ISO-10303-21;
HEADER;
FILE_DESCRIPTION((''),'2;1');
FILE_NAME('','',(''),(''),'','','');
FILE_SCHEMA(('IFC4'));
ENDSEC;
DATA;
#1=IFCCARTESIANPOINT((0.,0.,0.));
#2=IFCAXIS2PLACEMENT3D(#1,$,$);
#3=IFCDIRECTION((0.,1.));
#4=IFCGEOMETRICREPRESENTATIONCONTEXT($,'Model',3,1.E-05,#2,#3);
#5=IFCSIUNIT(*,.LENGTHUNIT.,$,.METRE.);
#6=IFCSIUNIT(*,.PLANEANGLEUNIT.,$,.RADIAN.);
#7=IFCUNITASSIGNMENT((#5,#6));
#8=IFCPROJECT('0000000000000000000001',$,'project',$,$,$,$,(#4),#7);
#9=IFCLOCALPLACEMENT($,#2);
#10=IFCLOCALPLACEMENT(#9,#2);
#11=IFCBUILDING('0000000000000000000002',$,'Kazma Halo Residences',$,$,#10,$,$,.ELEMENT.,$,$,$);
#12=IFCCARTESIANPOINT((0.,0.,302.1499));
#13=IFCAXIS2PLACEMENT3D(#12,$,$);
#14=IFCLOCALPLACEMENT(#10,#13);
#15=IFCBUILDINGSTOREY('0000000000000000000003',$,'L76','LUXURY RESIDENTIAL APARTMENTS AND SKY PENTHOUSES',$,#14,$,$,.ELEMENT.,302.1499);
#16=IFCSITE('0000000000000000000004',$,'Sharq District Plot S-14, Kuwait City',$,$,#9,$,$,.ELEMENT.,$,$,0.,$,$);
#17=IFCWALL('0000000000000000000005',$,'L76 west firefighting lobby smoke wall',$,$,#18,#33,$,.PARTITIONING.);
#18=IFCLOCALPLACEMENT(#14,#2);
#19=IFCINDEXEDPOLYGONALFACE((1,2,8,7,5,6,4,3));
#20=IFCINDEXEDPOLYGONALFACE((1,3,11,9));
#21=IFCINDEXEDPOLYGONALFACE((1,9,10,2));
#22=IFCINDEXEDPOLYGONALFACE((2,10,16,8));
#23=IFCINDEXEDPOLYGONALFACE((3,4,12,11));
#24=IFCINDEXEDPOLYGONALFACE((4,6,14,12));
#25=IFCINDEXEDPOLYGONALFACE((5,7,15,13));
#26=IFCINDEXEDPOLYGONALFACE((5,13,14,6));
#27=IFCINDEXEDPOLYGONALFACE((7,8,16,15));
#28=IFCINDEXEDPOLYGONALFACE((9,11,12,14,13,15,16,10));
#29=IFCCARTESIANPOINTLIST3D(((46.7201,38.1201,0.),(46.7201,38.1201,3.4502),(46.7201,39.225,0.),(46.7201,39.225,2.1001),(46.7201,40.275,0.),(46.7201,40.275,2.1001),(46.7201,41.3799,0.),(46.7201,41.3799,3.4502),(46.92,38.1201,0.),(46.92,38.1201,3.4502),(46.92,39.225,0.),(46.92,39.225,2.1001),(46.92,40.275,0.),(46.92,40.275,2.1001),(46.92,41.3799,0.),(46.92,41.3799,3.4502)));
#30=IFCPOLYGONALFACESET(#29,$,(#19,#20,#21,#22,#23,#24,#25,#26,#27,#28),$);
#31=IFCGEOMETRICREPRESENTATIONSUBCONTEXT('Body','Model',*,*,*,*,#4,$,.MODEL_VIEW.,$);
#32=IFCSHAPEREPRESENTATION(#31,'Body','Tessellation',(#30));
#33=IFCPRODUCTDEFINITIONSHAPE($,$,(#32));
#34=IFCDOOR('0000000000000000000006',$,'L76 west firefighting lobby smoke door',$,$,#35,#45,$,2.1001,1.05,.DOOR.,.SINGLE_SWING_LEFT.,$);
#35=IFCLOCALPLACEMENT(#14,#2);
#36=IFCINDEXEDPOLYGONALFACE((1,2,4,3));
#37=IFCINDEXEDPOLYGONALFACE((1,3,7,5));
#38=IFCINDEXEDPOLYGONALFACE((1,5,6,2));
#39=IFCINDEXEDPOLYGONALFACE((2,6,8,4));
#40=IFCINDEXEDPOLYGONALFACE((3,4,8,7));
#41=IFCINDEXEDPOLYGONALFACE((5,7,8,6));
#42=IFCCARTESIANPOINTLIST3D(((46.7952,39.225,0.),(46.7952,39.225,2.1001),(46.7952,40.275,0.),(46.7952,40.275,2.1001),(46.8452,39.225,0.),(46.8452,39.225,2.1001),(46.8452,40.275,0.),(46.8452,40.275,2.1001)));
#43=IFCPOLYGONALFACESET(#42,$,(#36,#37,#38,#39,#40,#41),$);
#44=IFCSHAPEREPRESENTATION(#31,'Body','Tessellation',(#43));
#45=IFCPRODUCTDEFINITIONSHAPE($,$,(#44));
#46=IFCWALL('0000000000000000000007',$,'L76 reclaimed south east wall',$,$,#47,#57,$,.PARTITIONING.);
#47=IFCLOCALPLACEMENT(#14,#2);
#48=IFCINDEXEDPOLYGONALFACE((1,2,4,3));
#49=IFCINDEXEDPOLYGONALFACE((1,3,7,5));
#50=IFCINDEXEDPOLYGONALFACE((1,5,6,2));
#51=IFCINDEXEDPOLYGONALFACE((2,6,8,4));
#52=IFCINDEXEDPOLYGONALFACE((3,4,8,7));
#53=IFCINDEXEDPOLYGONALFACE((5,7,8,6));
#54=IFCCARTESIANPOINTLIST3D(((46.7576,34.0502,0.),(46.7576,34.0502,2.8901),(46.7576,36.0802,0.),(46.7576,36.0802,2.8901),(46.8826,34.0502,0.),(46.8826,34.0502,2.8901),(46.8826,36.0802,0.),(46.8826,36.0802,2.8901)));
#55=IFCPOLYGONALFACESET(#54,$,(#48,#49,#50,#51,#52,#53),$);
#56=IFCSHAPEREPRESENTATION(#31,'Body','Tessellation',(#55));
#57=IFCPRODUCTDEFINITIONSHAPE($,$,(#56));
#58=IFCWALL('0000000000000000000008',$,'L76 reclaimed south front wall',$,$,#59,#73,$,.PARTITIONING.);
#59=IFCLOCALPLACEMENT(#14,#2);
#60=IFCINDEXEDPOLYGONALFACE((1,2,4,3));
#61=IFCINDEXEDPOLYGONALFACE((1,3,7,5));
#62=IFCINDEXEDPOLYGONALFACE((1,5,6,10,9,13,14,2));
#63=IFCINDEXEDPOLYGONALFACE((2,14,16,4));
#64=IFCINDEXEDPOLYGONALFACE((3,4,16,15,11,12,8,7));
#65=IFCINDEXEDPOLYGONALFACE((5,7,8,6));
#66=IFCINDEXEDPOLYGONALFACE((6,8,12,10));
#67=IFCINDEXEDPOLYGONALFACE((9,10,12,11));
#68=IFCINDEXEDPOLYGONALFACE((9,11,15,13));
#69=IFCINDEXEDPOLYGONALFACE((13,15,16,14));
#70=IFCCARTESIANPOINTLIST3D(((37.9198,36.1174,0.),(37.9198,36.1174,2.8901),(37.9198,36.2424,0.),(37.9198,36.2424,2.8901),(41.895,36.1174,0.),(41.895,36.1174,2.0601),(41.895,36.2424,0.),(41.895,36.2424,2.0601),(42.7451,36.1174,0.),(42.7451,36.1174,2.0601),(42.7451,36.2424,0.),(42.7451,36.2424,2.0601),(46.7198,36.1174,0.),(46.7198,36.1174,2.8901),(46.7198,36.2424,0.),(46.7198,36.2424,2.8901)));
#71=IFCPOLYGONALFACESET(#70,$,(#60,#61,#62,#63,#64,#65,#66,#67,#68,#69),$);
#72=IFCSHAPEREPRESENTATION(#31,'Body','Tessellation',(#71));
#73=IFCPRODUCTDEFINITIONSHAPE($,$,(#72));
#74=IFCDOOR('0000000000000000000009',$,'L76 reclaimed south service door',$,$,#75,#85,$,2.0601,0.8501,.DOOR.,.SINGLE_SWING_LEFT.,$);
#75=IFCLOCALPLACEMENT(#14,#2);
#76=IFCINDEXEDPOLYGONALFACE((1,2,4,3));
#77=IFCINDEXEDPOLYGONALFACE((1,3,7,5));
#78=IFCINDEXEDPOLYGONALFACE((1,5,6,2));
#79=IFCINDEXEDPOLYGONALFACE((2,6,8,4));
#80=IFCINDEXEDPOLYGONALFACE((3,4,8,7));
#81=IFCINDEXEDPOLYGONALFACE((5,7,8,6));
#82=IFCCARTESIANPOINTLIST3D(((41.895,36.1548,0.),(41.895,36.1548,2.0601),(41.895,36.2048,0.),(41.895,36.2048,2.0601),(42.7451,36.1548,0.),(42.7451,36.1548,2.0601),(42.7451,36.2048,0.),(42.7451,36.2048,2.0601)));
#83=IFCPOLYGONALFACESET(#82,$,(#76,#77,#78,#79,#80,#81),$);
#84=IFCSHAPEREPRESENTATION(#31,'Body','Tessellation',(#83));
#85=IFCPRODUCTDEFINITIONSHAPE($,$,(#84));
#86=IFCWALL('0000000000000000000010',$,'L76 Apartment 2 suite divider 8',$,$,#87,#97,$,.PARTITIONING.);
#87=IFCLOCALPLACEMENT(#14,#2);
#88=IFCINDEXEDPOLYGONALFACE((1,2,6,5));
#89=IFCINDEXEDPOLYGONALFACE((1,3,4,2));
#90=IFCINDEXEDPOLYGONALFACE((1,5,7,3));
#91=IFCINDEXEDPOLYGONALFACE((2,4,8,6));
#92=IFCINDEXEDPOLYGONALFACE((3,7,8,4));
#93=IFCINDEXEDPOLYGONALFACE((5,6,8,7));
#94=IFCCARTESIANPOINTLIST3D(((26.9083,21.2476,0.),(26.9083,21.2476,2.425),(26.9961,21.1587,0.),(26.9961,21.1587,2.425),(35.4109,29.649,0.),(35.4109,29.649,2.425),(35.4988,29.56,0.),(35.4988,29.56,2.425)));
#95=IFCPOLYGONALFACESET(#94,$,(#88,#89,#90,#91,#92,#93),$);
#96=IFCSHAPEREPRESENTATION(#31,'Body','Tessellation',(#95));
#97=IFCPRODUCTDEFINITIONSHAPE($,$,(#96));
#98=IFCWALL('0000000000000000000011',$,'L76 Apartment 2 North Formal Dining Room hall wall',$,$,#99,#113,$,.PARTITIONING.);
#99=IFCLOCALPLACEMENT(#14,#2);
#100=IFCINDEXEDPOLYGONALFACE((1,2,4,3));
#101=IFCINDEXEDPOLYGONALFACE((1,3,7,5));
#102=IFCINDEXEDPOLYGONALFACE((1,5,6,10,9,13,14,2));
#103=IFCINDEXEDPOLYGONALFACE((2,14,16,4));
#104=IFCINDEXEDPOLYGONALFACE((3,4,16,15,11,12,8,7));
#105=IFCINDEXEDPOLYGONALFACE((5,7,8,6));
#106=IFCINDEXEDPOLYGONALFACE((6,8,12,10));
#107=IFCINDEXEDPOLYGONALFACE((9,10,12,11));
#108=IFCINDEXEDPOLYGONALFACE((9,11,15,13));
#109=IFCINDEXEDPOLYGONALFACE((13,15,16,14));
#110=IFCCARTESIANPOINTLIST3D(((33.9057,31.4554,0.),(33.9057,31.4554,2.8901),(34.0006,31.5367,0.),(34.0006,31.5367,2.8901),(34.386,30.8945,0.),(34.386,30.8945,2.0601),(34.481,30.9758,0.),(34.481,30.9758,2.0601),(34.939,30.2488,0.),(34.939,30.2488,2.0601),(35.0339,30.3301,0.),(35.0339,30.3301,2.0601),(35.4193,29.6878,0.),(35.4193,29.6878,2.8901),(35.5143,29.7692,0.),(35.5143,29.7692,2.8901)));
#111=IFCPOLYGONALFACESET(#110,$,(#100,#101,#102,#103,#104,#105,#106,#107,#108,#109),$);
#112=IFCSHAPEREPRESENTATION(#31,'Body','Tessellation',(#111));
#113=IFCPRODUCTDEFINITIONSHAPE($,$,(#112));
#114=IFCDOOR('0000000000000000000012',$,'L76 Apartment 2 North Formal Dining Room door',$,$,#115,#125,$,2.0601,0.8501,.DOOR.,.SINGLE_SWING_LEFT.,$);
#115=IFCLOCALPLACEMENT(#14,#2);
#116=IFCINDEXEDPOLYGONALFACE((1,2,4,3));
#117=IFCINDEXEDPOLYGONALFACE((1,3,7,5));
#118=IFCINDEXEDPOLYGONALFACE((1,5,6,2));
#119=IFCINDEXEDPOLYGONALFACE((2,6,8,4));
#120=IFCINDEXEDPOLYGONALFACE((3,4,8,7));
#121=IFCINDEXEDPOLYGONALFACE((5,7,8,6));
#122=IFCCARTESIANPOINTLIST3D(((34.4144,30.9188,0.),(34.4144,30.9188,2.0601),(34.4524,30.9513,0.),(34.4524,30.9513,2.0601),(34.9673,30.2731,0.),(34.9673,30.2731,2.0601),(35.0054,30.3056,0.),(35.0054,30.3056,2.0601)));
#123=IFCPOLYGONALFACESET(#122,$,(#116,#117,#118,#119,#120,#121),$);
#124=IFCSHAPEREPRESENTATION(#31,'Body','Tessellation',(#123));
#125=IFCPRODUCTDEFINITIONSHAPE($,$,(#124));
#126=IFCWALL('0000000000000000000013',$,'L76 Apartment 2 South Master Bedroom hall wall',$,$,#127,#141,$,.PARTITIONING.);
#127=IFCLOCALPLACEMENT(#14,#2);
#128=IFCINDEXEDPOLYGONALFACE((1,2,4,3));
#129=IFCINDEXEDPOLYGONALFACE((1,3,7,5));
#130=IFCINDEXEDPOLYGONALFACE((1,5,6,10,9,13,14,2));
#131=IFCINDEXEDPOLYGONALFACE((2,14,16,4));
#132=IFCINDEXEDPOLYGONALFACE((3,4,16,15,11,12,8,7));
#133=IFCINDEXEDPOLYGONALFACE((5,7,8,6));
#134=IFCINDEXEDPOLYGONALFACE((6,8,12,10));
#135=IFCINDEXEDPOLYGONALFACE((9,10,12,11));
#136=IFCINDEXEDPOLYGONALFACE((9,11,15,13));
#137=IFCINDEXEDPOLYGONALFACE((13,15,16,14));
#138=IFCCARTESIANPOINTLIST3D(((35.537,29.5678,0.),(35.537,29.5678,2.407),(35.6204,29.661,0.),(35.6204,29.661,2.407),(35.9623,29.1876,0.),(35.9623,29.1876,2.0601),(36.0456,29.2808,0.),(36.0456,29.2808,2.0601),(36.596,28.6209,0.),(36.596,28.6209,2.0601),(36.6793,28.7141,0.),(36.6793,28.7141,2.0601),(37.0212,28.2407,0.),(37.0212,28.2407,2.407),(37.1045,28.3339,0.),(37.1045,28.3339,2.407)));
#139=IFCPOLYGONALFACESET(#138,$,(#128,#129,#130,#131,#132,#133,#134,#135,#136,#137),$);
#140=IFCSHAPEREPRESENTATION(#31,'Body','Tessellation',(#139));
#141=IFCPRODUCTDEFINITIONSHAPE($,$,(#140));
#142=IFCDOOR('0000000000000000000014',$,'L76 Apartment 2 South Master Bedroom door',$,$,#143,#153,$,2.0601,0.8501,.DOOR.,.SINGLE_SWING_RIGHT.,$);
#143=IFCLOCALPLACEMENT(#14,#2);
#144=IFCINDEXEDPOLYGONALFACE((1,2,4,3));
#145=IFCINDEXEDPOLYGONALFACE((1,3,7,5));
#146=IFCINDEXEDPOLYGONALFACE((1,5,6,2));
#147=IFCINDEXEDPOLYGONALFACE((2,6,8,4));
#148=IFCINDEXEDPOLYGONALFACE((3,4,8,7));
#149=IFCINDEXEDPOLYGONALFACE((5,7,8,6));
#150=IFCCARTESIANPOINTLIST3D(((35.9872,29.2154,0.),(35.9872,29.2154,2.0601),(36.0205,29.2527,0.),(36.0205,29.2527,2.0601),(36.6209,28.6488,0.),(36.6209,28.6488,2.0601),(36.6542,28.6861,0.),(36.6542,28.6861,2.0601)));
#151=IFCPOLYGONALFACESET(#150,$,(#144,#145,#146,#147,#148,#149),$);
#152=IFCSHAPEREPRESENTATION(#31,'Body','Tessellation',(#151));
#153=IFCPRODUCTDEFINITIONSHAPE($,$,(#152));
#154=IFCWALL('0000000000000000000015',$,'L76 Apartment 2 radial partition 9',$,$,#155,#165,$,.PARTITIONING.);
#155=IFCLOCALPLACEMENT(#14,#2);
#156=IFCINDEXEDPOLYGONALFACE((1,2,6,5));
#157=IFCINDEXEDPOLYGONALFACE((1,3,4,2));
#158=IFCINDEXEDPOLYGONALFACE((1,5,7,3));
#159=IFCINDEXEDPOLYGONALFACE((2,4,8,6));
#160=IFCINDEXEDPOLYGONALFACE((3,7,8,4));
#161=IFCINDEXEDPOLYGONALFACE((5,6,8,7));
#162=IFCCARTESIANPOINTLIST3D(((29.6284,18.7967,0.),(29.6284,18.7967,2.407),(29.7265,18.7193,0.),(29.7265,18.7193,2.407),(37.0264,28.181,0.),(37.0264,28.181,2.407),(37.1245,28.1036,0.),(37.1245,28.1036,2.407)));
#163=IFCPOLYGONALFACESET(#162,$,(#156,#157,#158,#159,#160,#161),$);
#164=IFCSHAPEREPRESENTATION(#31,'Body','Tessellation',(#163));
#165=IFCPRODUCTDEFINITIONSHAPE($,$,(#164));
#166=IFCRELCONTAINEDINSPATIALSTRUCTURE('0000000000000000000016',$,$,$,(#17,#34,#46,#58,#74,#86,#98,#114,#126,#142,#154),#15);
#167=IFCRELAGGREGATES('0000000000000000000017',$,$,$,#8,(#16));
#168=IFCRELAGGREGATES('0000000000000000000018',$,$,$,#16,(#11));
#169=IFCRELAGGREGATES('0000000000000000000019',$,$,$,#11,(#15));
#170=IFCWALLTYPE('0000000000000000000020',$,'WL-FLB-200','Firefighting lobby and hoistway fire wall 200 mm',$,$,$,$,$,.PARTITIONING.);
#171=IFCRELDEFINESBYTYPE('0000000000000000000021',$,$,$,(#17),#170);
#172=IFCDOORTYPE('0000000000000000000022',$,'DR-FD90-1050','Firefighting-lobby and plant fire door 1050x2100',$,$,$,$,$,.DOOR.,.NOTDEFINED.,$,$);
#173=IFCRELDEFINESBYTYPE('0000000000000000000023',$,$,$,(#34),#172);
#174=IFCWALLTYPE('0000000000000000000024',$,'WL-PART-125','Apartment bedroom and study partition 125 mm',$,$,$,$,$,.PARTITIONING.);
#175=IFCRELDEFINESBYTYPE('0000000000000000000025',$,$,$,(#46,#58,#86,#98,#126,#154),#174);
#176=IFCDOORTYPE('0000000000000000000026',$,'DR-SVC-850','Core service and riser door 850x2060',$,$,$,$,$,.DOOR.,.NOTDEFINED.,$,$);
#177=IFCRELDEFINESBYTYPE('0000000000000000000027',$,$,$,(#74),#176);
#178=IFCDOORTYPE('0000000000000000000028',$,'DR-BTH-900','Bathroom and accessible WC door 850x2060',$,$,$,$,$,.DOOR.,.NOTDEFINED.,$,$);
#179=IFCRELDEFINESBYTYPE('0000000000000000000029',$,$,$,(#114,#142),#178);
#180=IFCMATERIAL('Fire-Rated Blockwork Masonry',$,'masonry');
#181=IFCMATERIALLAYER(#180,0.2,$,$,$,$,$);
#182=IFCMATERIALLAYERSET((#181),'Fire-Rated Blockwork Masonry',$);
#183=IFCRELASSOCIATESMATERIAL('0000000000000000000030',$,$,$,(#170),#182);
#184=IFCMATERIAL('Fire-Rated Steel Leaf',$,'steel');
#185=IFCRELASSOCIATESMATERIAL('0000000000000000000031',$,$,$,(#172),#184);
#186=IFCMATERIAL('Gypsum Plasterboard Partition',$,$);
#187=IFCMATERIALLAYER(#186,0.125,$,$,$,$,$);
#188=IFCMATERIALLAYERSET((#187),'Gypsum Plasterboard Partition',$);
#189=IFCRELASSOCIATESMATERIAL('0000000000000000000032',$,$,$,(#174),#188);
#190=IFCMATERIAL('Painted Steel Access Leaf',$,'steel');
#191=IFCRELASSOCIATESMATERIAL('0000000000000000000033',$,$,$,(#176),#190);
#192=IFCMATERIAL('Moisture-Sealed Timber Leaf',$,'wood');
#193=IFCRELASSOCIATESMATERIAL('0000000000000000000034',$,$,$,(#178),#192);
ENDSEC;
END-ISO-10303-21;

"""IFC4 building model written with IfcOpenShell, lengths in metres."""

from ifc_helpers import new_model, si_unit, direction, frame, frame_2d, origin, place, context, subcontext, project, spatial, rectangle, extrude, material, layer, layer_set, type_object, element, fill, save


model = new_model("IFC4")

# Units and contexts
model_context = context("Model", 3, precision=1e-05, world=origin(), true_north=direction((0.0, 1.0)))
body_context = subcontext(model_context, "Body", "Model", "MODEL_VIEW")
ifc_project = project(units=[si_unit("LENGTHUNIT", "METRE"), si_unit("PLANEANGLEUNIT", "RADIAN")], contexts=[model_context])

# Site, building, storey
site_placement = place(None, origin())
site = spatial("IfcSite", under=ifc_project, at=site_placement, Name="Sharq District Plot S-14, Kuwait City", CompositionType="ELEMENT", RefElevation=0.0)
building_placement = place(site_placement, origin())
building = spatial("IfcBuilding", under=site, at=building_placement, Name="Kazma Halo Residences", CompositionType="ELEMENT")
storey_placement = place(building_placement, frame((0.0, 0.0, 302.1499)))
storey = spatial("IfcBuildingStorey", under=building, at=storey_placement, Name="L76", Description="LUXURY RESIDENTIAL APARTMENTS AND SKY PENTHOUSES", CompositionType="ELEMENT", Elevation=302.1499)

# Shared definitions
ifc_material_1 = material(Name="Fire-Rated Blockwork Masonry", Category="masonry")
ifc_layer_1 = layer(ifc_material_1, 0.2)
ifc_layer_set_1 = layer_set([ifc_layer_1], Name="Fire-Rated Blockwork Masonry")
wall_type_1 = type_object("IfcWallType", Name="WL-FLB-200", Description="Firefighting lobby and hoistway fire wall 200 mm", PredefinedType="PARTITIONING", material=ifc_layer_set_1)

# Wall, opening, door
wall_1_placement = place(storey_placement, frame((46.8201, 38.1201, 0.0), z_axis=(0.0, 0.0, 1.0), x_axis=(0.0, 1.0, 0.0)))
wall_1 = element("IfcWall", 1, at=wall_1_placement, inside=storey, type_object=wall_type_1, Name="L76 west firefighting lobby smoke wall", PredefinedType="PARTITIONING", context=body_context, shape_type="SweptSolid", body=[
    extrude(rectangle(XDim=3.2598, YDim=0.2, at=frame_2d((1.6299, 0.0))), origin(), (0.0, 0.0, 1.0), 3.4502),
])
opening_1_placement = place(wall_1_placement, frame((1.105, 0.0, 0.0)))
opening_1 = element("IfcOpeningElement", 2, at=opening_1_placement, cuts=wall_1, PredefinedType="OPENING", context=body_context, shape_type="SweptSolid", body=[
    extrude(rectangle(XDim=1.05, YDim=2.1001, at=frame_2d((0.5249, 1.05))), frame((0.0, 0.1099, 0.0), z_axis=(0.0, -1.0, 0.0), x_axis=(1.0, 0.0, 0.0)), (0.0, 0.0, 1.0), 0.22),
])
ifc_material_2 = material(Name="Fire-Rated Steel Leaf", Category="steel")
door_type_1 = type_object("IfcDoorType", Name="DR-FD90-1050", Description="Firefighting-lobby and plant fire door 1050x2100", OperationType="NOTDEFINED", PredefinedType="DOOR", material=ifc_material_2)
door_1_placement = place(opening_1_placement, origin())
door_1 = element("IfcDoor", 3, at=door_1_placement, inside=storey, type_object=door_type_1, Name="L76 west firefighting lobby smoke door", OperationType="SINGLE_SWING_LEFT", OverallHeight=2.1001, OverallWidth=1.05, PredefinedType="DOOR", context=body_context, shape_type="SweptSolid", body=[
    extrude(rectangle(XDim=1.05, YDim=2.1001, at=frame_2d((0.5249, 1.05))), frame((0.0, 0.0249, 0.0), z_axis=(0.0, -1.0, 0.0), x_axis=(1.0, 0.0, 0.0)), (0.0, 0.0, 1.0), 0.05),
])
fill(opening_1, door_1)

# Wall
ifc_material_3 = material(Name="Gypsum Plasterboard Partition")
ifc_layer_2 = layer(ifc_material_3, 0.125)
ifc_layer_set_2 = layer_set([ifc_layer_2], Name="Gypsum Plasterboard Partition")
wall_type_2 = type_object("IfcWallType", Name="WL-PART-125", Description="Apartment bedroom and study partition 125 mm", PredefinedType="PARTITIONING", material=ifc_layer_set_2)
wall_2_placement = place(storey_placement, frame((46.8201, 34.05, 0.0), z_axis=(0.0, 0.0, 1.0), x_axis=(0.0, 1.0, 0.0)))
element("IfcWall", 4, at=wall_2_placement, inside=storey, type_object=wall_type_2, Name="L76 reclaimed south east wall", PredefinedType="PARTITIONING", context=body_context, shape_type="SweptSolid", body=[
    extrude(rectangle(XDim=2.03, YDim=0.125, at=frame_2d((1.0151, 0.0))), origin(), (0.0, 0.0, 1.0), 2.8901),
])

# Wall, opening, door
wall_3_placement = place(storey_placement, frame((37.9199, 36.1799, 0.0), z_axis=(0.0, 0.0, 1.0), x_axis=(1.0, 0.0, 0.0)))
wall_3 = element("IfcWall", 5, at=wall_3_placement, inside=storey, type_object=wall_type_2, Name="L76 reclaimed south front wall", PredefinedType="PARTITIONING", context=body_context, shape_type="SweptSolid", body=[
    extrude(rectangle(XDim=8.8, YDim=0.125, at=frame_2d((4.3999, 0.0))), origin(), (0.0, 0.0, 1.0), 2.8901),
])
opening_2_placement = place(wall_3_placement, frame((3.9751, 0.0, 0.0)))
opening_2 = element("IfcOpeningElement", 6, at=opening_2_placement, cuts=wall_3, PredefinedType="OPENING", context=body_context, shape_type="SweptSolid", body=[
    extrude(rectangle(XDim=0.8501, YDim=2.0601, at=frame_2d((0.425, 1.03))), frame((0.0, 0.0725, 0.0), z_axis=(0.0, -1.0, 0.0), x_axis=(1.0, 0.0, 0.0)), (0.0, 0.0, 1.0), 0.145),
])
ifc_material_4 = material(Name="Painted Steel Access Leaf", Category="steel")
door_type_2 = type_object("IfcDoorType", Name="DR-SVC-850", Description="Core service and riser door 850x2060", OperationType="NOTDEFINED", PredefinedType="DOOR", material=ifc_material_4)
door_2_placement = place(opening_2_placement, origin())
door_2 = element("IfcDoor", 7, at=door_2_placement, inside=storey, type_object=door_type_2, Name="L76 reclaimed south service door", OperationType="SINGLE_SWING_LEFT", OverallHeight=2.0601, OverallWidth=0.8501, PredefinedType="DOOR", context=body_context, shape_type="SweptSolid", body=[
    extrude(rectangle(XDim=0.8501, YDim=2.0601, at=frame_2d((0.425, 1.03))), frame((0.0, 0.0249, 0.0), z_axis=(0.0, -1.0, 0.0), x_axis=(1.0, 0.0, 0.0)), (0.0, 0.0, 1.0), 0.05),
])
fill(opening_2, door_2)

# Wall
wall_4_placement = place(storey_placement, frame((35.4548, 29.6045, 0.0), z_axis=(0.0, 0.0, 1.0), x_axis=(-0.711332, -0.702856, 0.0)))
element("IfcWall", 8, at=wall_4_placement, inside=storey, type_object=wall_type_2, Name="L76 Apartment 2 suite divider 8", PredefinedType="PARTITIONING", context=body_context, shape_type="SweptSolid", body=[
    extrude(rectangle(XDim=11.9531, YDim=0.125, at=frame_2d((5.9766, 0.0))), origin(), (0.0, 0.0, 1.0), 2.425),
])

# Walls, openings, doors
wall_5_placement = place(storey_placement, frame((33.9531, 31.4961, 0.0), z_axis=(0.0, 0.0, 1.0), x_axis=(0.650446, -0.759553, 0.0)))
wall_5 = element("IfcWall", 9, at=wall_5_placement, inside=storey, type_object=wall_type_2, Name="L76 Apartment 2 North Formal Dining Room hall wall", PredefinedType="PARTITIONING", context=body_context, shape_type="SweptSolid", body=[
    extrude(rectangle(XDim=2.3271, YDim=0.125, at=frame_2d((1.1636, 0.0))), origin(), (0.0, 0.0, 1.0), 2.8901),
])
opening_3_placement = place(wall_5_placement, frame((0.7385, 0.0, 0.0)))
opening_3 = element("IfcOpeningElement", 10, at=opening_3_placement, cuts=wall_5, PredefinedType="OPENING", context=body_context, shape_type="SweptSolid", body=[
    extrude(rectangle(XDim=0.8501, YDim=2.0601, at=frame_2d((0.425, 1.03))), frame((0.0, 0.0725, 0.0), z_axis=(0.0, -1.0, 0.0), x_axis=(1.0, 0.0, 0.0)), (0.0, 0.0, 1.0), 0.145),
])
ifc_material_5 = material(Name="Moisture-Sealed Timber Leaf", Category="wood")
door_type_3 = type_object("IfcDoorType", Name="DR-BTH-900", Description="Bathroom and accessible WC door 850x2060", OperationType="NOTDEFINED", PredefinedType="DOOR", material=ifc_material_5)
door_3_placement = place(opening_3_placement, origin())
door_3 = element("IfcDoor", 11, at=door_3_placement, inside=storey, type_object=door_type_3, Name="L76 Apartment 2 North Formal Dining Room door", OperationType="SINGLE_SWING_LEFT", OverallHeight=2.0601, OverallWidth=0.8501, PredefinedType="DOOR", context=body_context, shape_type="SweptSolid", body=[
    extrude(rectangle(XDim=0.8501, YDim=2.0601, at=frame_2d((0.425, 1.03))), frame((0.0, 0.0249, 0.0), z_axis=(0.0, -1.0, 0.0), x_axis=(1.0, 0.0, 0.0)), (0.0, 0.0, 1.0), 0.05),
])
fill(opening_3, door_3)
wall_6_placement = place(storey_placement, frame((35.5786, 29.6145, 0.0), z_axis=(0.0, 0.0, 1.0), x_axis=(0.745431, -0.666583, 0.0)))
wall_6 = element("IfcWall", 12, at=wall_6_placement, inside=storey, type_object=wall_type_2, Name="L76 Apartment 2 South Master Bedroom hall wall", PredefinedType="PARTITIONING", context=body_context, shape_type="SweptSolid", body=[
    extrude(rectangle(XDim=1.991, YDim=0.125, at=frame_2d((0.9956, 0.0))), origin(), (0.0, 0.0, 1.0), 2.407),
])
opening_4_placement = place(wall_6_placement, frame((0.5706, 0.0, 0.0)))
opening_4 = element("IfcOpeningElement", 13, at=opening_4_placement, cuts=wall_6, PredefinedType="OPENING", context=body_context, shape_type="SweptSolid", body=[
    extrude(rectangle(XDim=0.8501, YDim=2.0601, at=frame_2d((0.425, 1.03))), frame((0.0, 0.0725, 0.0), z_axis=(0.0, -1.0, 0.0), x_axis=(1.0, 0.0, 0.0)), (0.0, 0.0, 1.0), 0.145),
])
door_4_placement = place(opening_4_placement, origin())
door_4 = element("IfcDoor", 14, at=door_4_placement, inside=storey, type_object=door_type_3, Name="L76 Apartment 2 South Master Bedroom door", OperationType="SINGLE_SWING_RIGHT", OverallHeight=2.0601, OverallWidth=0.8501, PredefinedType="DOOR", context=body_context, shape_type="SweptSolid", body=[
    extrude(rectangle(XDim=0.8501, YDim=2.0601, at=frame_2d((0.425, 1.03))), frame((0.0, 0.0249, 0.0), z_axis=(0.0, -1.0, 0.0), x_axis=(1.0, 0.0, 0.0)), (0.0, 0.0, 1.0), 0.05),
])
fill(opening_4, door_4)

# Wall
wall_7_placement = place(storey_placement, frame((37.0754, 28.1423, 0.0), z_axis=(0.0, 0.0, 1.0), x_axis=(-0.619093, -0.785318, 0.0)))
element("IfcWall", 15, at=wall_7_placement, inside=storey, type_object=wall_type_2, Name="L76 Apartment 2 radial partition 9", PredefinedType="PARTITIONING", context=body_context, shape_type="SweptSolid", body=[
    extrude(rectangle(XDim=11.9497, YDim=0.125, at=frame_2d((5.9749, 0.0))), origin(), (0.0, 0.0, 1.0), 2.407),
])

save(model, "model.ifc")
